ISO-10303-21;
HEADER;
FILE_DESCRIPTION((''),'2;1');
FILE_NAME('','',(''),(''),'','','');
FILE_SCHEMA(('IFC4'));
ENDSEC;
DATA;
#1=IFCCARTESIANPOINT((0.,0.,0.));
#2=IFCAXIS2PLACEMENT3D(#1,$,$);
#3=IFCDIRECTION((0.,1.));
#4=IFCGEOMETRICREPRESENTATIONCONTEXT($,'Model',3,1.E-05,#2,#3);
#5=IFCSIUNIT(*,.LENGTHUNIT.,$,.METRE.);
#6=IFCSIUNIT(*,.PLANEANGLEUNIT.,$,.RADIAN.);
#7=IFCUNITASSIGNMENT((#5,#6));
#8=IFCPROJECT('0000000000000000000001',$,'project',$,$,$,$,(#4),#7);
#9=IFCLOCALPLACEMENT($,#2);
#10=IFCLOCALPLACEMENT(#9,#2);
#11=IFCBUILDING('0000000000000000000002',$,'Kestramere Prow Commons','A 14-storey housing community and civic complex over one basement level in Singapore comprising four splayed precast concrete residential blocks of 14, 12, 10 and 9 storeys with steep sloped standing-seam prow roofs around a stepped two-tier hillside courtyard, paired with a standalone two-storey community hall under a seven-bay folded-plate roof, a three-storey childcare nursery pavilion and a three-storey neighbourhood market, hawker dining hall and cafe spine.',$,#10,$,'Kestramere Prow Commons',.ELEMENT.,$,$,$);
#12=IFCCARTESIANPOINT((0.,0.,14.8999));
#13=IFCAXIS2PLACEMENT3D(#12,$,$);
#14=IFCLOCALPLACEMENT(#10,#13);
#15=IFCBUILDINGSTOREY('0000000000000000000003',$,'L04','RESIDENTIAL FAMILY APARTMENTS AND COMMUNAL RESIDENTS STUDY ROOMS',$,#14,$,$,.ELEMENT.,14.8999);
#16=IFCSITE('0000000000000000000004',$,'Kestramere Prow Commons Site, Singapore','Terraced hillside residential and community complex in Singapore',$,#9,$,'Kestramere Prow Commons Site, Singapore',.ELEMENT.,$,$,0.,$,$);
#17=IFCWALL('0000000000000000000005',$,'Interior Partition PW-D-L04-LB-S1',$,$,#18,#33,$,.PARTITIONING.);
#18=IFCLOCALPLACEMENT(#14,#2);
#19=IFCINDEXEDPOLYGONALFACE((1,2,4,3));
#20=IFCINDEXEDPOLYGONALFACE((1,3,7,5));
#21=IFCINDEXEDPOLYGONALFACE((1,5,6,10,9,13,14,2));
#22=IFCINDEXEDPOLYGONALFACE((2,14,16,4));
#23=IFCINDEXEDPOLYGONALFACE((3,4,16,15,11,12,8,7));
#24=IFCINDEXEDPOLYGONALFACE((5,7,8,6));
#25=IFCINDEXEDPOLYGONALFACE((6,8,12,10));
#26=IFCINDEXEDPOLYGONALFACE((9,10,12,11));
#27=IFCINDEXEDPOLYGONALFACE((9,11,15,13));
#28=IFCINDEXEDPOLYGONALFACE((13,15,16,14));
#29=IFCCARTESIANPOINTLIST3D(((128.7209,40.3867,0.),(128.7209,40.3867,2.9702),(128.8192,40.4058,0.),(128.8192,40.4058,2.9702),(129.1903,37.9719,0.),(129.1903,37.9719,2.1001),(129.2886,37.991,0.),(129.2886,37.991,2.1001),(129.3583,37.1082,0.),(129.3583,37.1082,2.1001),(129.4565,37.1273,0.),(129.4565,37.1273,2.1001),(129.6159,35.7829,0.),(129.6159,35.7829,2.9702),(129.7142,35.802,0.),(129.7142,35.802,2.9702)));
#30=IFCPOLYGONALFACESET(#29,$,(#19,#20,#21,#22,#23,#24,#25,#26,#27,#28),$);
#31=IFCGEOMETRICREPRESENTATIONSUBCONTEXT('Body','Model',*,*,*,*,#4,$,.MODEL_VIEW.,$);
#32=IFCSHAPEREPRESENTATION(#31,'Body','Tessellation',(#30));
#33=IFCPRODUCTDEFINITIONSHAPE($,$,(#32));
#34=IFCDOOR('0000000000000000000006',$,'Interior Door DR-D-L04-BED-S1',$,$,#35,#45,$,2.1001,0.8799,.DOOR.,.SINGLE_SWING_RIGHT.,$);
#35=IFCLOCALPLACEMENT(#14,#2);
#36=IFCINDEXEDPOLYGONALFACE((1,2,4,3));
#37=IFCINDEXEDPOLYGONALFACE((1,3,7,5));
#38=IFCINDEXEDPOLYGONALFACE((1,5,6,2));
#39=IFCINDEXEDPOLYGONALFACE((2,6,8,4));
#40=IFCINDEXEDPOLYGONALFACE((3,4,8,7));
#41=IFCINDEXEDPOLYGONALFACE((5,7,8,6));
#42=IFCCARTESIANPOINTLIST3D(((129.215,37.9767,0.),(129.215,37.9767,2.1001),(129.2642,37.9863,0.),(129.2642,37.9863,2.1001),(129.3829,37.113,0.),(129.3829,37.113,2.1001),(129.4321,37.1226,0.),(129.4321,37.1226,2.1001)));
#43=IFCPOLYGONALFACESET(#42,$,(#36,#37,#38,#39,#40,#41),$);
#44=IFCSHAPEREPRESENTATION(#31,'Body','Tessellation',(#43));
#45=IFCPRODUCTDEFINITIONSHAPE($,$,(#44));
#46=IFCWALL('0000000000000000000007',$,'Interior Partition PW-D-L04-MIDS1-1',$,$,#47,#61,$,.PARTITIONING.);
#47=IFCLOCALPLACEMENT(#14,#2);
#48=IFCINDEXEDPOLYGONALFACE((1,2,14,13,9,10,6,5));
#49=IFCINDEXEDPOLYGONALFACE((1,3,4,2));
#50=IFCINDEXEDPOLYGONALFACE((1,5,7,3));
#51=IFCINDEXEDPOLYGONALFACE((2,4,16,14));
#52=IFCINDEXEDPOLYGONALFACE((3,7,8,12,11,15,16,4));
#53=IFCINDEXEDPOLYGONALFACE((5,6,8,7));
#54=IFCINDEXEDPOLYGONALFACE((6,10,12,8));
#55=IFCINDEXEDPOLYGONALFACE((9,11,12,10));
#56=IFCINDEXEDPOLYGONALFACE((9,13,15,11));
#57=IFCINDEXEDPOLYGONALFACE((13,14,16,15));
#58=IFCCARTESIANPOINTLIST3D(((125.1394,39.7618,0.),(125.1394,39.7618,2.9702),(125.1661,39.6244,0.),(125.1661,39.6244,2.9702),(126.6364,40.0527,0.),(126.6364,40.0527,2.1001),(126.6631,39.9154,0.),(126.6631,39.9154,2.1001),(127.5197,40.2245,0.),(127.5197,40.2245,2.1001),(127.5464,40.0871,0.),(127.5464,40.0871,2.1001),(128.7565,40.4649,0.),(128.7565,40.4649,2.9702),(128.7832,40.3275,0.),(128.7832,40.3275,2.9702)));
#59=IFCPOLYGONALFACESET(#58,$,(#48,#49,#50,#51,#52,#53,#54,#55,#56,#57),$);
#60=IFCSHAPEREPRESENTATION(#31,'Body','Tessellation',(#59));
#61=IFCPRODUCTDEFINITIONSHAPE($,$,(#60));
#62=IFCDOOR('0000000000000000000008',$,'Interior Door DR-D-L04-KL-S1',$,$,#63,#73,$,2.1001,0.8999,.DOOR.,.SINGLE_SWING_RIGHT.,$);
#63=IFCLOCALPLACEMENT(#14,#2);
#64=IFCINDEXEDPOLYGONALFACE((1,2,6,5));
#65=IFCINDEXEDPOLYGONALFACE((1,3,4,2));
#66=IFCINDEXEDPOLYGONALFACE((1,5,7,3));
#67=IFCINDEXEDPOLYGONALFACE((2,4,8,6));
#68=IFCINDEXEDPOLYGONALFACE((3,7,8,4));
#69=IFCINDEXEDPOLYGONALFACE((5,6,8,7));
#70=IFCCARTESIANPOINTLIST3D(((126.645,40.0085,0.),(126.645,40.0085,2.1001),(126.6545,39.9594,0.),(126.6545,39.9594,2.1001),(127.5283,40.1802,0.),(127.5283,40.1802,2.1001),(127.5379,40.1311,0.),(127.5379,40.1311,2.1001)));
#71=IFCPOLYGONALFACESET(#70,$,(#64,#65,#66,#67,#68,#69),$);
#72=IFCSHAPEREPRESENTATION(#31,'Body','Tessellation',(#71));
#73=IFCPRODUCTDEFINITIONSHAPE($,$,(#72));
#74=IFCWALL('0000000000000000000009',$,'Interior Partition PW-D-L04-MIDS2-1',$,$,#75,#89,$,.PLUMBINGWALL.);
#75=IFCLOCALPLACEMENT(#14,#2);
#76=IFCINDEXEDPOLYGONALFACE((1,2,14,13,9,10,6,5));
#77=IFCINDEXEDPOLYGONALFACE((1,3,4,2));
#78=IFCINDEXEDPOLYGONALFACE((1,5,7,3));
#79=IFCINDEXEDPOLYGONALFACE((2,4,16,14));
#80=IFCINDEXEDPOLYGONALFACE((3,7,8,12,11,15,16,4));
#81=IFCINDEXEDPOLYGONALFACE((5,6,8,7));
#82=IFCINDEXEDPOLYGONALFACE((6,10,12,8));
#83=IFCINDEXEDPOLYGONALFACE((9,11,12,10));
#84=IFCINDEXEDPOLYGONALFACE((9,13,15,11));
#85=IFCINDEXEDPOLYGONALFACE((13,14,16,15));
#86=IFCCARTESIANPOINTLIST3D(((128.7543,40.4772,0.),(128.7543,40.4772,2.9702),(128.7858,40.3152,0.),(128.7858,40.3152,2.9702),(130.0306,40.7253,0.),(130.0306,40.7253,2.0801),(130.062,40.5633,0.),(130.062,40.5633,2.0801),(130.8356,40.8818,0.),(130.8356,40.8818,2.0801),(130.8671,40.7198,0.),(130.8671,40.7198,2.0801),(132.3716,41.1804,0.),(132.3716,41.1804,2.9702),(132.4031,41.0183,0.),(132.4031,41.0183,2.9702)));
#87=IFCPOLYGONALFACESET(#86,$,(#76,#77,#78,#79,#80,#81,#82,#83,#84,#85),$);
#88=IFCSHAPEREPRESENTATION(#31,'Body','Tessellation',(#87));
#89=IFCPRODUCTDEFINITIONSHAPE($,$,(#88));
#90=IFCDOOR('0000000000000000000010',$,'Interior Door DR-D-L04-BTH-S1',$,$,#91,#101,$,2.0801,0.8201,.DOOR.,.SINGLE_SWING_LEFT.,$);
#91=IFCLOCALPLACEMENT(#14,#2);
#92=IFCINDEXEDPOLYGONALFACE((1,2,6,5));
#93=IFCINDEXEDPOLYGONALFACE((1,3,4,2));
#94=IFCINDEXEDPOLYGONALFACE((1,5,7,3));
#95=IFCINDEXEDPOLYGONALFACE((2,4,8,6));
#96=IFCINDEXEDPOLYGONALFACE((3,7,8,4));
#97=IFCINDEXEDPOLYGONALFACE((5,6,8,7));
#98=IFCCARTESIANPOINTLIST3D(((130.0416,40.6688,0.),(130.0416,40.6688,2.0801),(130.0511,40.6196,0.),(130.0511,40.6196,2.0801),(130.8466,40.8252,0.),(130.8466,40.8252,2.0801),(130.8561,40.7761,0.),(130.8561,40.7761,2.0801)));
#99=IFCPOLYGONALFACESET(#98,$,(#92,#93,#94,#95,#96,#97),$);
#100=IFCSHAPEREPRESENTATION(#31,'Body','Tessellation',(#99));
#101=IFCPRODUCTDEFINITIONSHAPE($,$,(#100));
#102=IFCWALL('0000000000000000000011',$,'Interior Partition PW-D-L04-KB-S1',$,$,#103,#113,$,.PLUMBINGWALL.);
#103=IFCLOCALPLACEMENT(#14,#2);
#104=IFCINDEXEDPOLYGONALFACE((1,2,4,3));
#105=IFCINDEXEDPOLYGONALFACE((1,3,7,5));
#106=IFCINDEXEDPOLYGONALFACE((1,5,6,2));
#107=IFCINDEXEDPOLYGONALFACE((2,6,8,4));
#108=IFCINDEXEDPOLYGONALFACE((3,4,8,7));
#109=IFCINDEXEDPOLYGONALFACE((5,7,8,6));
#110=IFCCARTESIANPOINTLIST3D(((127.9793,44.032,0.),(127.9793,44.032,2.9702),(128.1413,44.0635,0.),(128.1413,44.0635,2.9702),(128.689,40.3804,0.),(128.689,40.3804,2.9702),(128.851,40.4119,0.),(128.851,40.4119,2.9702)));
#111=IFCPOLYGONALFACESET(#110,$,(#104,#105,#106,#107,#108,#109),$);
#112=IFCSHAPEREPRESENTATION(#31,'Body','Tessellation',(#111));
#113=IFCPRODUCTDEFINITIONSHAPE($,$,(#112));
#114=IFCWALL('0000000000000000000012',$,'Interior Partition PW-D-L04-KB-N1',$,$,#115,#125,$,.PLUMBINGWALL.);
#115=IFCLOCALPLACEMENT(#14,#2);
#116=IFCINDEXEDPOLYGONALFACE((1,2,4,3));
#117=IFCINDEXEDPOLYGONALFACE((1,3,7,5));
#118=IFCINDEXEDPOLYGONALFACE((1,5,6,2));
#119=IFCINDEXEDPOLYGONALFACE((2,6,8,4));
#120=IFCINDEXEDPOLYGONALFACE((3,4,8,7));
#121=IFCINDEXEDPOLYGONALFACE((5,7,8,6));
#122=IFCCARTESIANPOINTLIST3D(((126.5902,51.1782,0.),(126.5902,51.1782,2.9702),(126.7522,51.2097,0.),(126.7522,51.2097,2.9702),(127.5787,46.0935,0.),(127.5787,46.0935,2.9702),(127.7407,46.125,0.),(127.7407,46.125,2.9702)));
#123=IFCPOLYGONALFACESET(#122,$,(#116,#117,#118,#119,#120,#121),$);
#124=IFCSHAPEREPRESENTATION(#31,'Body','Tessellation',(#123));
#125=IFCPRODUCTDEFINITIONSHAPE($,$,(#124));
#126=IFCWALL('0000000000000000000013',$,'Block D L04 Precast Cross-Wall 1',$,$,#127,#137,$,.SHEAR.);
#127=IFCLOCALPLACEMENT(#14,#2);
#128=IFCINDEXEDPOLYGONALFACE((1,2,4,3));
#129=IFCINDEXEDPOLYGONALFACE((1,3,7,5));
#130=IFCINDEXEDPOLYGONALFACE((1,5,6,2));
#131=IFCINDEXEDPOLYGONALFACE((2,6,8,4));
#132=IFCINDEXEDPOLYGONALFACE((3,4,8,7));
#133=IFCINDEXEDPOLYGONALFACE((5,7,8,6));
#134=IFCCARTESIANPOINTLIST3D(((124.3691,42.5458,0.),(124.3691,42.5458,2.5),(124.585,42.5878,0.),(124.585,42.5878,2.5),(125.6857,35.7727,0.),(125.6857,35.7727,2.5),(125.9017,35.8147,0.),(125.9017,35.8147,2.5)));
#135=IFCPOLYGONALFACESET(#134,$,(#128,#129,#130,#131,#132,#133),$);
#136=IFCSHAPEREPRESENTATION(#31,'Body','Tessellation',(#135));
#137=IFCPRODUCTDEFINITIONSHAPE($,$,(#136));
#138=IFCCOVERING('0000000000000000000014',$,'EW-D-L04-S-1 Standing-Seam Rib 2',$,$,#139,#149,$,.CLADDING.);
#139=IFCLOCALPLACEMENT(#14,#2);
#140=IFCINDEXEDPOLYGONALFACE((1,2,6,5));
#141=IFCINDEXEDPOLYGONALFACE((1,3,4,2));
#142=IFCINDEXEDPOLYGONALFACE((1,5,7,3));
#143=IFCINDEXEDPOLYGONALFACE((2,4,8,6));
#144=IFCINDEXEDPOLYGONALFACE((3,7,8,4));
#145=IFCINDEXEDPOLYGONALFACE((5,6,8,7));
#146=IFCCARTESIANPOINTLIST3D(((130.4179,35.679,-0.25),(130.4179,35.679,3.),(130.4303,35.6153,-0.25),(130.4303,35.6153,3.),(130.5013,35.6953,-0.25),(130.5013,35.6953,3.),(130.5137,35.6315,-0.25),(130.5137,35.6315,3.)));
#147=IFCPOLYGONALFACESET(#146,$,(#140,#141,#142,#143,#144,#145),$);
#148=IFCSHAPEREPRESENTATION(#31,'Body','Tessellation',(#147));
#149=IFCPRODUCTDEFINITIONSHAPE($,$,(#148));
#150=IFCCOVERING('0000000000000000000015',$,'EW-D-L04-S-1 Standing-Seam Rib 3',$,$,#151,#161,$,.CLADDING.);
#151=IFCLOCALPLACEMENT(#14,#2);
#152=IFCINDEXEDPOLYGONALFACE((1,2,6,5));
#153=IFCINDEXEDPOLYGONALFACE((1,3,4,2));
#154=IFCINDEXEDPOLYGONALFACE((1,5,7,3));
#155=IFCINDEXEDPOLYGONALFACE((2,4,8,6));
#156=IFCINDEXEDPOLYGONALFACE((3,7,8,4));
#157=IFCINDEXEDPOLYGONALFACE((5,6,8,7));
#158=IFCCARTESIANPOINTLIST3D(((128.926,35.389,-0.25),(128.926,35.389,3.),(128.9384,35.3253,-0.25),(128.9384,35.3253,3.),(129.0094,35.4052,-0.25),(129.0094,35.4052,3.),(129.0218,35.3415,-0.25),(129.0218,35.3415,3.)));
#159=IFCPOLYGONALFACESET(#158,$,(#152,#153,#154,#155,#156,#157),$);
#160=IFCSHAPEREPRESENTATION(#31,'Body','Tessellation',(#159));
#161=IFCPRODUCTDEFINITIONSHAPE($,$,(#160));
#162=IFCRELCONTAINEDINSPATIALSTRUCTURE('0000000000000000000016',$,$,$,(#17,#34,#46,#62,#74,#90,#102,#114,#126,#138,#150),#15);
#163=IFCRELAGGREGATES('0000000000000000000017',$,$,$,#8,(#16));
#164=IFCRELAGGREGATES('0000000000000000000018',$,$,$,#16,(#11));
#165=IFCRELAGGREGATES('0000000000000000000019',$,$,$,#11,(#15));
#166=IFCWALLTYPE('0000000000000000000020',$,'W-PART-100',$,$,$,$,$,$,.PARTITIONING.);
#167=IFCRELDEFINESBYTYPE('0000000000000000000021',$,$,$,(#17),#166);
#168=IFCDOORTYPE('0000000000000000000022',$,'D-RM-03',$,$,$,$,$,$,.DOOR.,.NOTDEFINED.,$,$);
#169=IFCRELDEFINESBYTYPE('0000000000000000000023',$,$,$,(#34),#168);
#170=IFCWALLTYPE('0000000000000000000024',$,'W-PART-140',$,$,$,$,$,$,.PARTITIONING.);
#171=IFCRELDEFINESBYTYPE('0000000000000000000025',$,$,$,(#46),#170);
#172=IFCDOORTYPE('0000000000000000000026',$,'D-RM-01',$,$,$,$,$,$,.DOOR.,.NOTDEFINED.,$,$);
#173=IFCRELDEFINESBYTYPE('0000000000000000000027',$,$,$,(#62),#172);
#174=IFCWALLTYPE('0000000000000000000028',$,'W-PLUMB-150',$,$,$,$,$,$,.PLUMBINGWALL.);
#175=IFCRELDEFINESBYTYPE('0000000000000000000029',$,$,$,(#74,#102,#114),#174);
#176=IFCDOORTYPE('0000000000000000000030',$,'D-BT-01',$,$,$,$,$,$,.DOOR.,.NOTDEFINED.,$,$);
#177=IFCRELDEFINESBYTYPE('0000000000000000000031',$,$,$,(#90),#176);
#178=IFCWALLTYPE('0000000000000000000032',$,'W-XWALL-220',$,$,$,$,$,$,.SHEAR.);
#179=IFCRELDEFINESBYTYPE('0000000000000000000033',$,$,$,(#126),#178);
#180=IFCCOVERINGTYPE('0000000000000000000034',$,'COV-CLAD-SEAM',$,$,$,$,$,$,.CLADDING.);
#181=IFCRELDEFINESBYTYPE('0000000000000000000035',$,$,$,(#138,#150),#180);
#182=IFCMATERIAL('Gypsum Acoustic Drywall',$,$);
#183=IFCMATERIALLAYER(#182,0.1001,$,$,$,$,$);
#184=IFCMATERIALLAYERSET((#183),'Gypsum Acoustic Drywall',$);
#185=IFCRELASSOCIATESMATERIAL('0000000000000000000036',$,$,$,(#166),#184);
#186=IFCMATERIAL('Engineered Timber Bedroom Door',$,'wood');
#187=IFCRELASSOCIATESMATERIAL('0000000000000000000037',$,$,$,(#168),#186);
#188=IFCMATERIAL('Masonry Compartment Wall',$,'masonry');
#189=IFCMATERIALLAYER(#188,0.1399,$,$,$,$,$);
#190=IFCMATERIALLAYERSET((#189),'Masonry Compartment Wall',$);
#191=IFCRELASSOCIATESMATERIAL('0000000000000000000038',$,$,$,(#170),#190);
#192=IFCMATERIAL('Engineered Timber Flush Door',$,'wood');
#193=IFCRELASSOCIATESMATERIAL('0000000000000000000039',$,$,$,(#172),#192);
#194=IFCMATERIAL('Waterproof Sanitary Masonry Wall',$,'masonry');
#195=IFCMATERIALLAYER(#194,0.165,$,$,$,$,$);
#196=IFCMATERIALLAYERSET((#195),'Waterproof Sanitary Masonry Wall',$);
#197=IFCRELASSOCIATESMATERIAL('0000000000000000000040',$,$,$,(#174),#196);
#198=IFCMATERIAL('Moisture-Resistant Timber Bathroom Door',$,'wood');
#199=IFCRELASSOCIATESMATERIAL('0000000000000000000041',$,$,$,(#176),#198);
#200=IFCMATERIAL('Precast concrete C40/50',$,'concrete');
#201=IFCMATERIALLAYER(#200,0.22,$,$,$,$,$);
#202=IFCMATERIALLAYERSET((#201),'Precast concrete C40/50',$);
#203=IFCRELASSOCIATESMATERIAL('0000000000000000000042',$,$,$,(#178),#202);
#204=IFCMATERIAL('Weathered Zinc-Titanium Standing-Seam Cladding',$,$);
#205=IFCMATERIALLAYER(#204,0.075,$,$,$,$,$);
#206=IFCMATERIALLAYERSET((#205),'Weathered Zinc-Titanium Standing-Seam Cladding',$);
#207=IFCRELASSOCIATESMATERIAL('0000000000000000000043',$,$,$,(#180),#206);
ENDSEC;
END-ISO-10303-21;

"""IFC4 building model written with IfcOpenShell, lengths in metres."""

from ifc_helpers import new_model, si_unit, direction, frame, frame_2d, origin, origin_2d, place, context, subcontext, project, spatial, rectangle, extrude, material, layer, layer_set, type_object, element, fill, save


model = new_model("IFC4")

# Units and contexts
model_context = context("Model", 3, precision=1e-05, world=origin(), true_north=direction((0.0, 1.0)))
body_context = subcontext(model_context, "Body", "Model", "MODEL_VIEW")
ifc_project = project(units=[si_unit("LENGTHUNIT", "METRE"), si_unit("PLANEANGLEUNIT", "RADIAN")], contexts=[model_context])

# Site, building, storey
site_placement = place(None, origin())
site = spatial("IfcSite", under=ifc_project, at=site_placement, Name="Kestramere Prow Commons Site, Singapore", Description="Terraced hillside residential and community complex in Singapore", LongName="Kestramere Prow Commons Site, Singapore", CompositionType="ELEMENT", RefElevation=0.0)
building_placement = place(site_placement, origin())
building = spatial("IfcBuilding", under=site, at=building_placement, Name="Kestramere Prow Commons", Description="A 14-storey housing community and civic complex over one basement level in Singapore comprising four splayed precast concrete residential blocks of 14, 12, 10 and 9 storeys with steep sloped standing-seam prow roofs around a stepped two-tier hillside courtyard, paired with a standalone two-storey community hall under a seven-bay folded-plate roof, a three-storey childcare nursery pavilion and a three-storey neighbourhood market, hawker dining hall and cafe spine.", LongName="Kestramere Prow Commons", CompositionType="ELEMENT")
storey_placement = place(building_placement, frame((0.0, 0.0, 14.8999)))
storey = spatial("IfcBuildingStorey", under=building, at=storey_placement, Name="L04", Description="RESIDENTIAL FAMILY APARTMENTS AND COMMUNAL RESIDENTS STUDY ROOMS", CompositionType="ELEMENT", Elevation=14.8999)

# Shared definitions
ifc_material_1 = material(Name="Precast concrete C40/50", Category="concrete")

# Walls, openings, doors
ifc_material_2 = material(Name="Gypsum Acoustic Drywall")
ifc_layer_1 = layer(ifc_material_2, 0.1001)
ifc_layer_set_1 = layer_set([ifc_layer_1], Name="Gypsum Acoustic Drywall")
wall_type_1 = type_object("IfcWallType", Name="W-PART-100", PredefinedType="PARTITIONING", material=ifc_layer_set_1)
wall_1_placement = place(storey_placement, frame((129.665, 35.7925, 0.0), z_axis=(0.0, 0.0, 1.0), x_axis=(-0.190838, 0.981622, 0.0)))
wall_1 = element("IfcWall", 1, at=wall_1_placement, inside=storey, type_object=wall_type_1, Name="Interior Partition PW-D-L04-LB-S1", PredefinedType="PARTITIONING", context=body_context, shape_type="SweptSolid", body=[
    extrude(rectangle(XDim=4.6899, YDim=0.1001, at=frame_2d((2.345, 0.0))), origin(), (0.0, 0.0, 1.0), 2.9702),
])
opening_1_placement = place(wall_1_placement, frame((1.3501, 0.0, 0.0)))
opening_1 = element("IfcOpeningElement", 2, at=opening_1_placement, cuts=wall_1, PredefinedType="OPENING", context=body_context, shape_type="SweptSolid", body=[
    extrude(rectangle(XDim=0.8799, YDim=2.1001, at=frame_2d((0.4399, 1.05))), frame((0.0, 0.0649, 0.0), z_axis=(0.0, -1.0, 0.0), x_axis=(1.0, 0.0, 0.0)), (0.0, 0.0, 1.0), 0.1301),
])
ifc_material_3 = material(Name="Engineered Timber Bedroom Door", Category="wood")
door_type_1 = type_object("IfcDoorType", Name="D-RM-03", OperationType="NOTDEFINED", PredefinedType="DOOR", material=ifc_material_3)
door_1_placement = place(opening_1_placement, origin())
door_1 = element("IfcDoor", 3, at=door_1_placement, inside=storey, type_object=door_type_1, Name="Interior Door DR-D-L04-BED-S1", OperationType="SINGLE_SWING_RIGHT", OverallHeight=2.1001, OverallWidth=0.8799, PredefinedType="DOOR", context=body_context, shape_type="SweptSolid", body=[
    extrude(rectangle(XDim=0.8799, YDim=2.1001, at=frame_2d((0.4399, 1.05))), frame((0.0, 0.0249, 0.0), z_axis=(0.0, -1.0, 0.0), x_axis=(1.0, 0.0, 0.0)), (0.0, 0.0, 1.0), 0.05),
])
fill(opening_1, door_1)
ifc_material_4 = material(Name="Masonry Compartment Wall", Category="masonry")
ifc_layer_2 = layer(ifc_material_4, 0.1399)
ifc_layer_set_2 = layer_set([ifc_layer_2], Name="Masonry Compartment Wall")
wall_type_2 = type_object("IfcWallType", Name="W-PART-140", PredefinedType="PARTITIONING", material=ifc_layer_set_2)
wall_2_placement = place(storey_placement, frame((125.1528, 39.6931, 0.0), z_axis=(0.0, 0.0, 1.0), x_axis=(0.981626, 0.190813, 0.0)))
wall_2 = element("IfcWall", 4, at=wall_2_placement, inside=storey, type_object=wall_type_2, Name="Interior Partition PW-D-L04-MIDS1-1", PredefinedType="PARTITIONING", context=body_context, shape_type="SweptSolid", body=[
    extrude(rectangle(XDim=3.6848, YDim=0.1399, at=frame_2d((1.8423, 0.0))), origin(), (0.0, 0.0, 1.0), 2.9702),
])
opening_2_placement = place(wall_2_placement, frame((1.5249, 0.0, 0.0)))
opening_2 = element("IfcOpeningElement", 5, at=opening_2_placement, cuts=wall_2, PredefinedType="OPENING", context=body_context, shape_type="SweptSolid", body=[
    extrude(rectangle(XDim=0.8999, YDim=2.1001, at=frame_2d((0.45, 1.05))), frame((0.0, 0.085, 0.0), z_axis=(0.0, -1.0, 0.0), x_axis=(1.0, 0.0, 0.0)), (0.0, 0.0, 1.0), 0.1699),
])
ifc_material_5 = material(Name="Engineered Timber Flush Door", Category="wood")
door_type_2 = type_object("IfcDoorType", Name="D-RM-01", OperationType="NOTDEFINED", PredefinedType="DOOR", material=ifc_material_5)
door_2_placement = place(opening_2_placement, origin())
door_2 = element("IfcDoor", 6, at=door_2_placement, inside=storey, type_object=door_type_2, Name="Interior Door DR-D-L04-KL-S1", OperationType="SINGLE_SWING_RIGHT", OverallHeight=2.1001, OverallWidth=0.8999, PredefinedType="DOOR", context=body_context, shape_type="SweptSolid", body=[
    extrude(rectangle(XDim=0.8999, YDim=2.1001, at=frame_2d((0.45, 1.05))), frame((0.0, 0.0249, 0.0), z_axis=(0.0, -1.0, 0.0), x_axis=(1.0, 0.0, 0.0)), (0.0, 0.0, 1.0), 0.05),
])
fill(opening_2, door_2)
ifc_material_6 = material(Name="Waterproof Sanitary Masonry Wall", Category="masonry")
ifc_layer_3 = layer(ifc_material_6, 0.165)
ifc_layer_set_3 = layer_set([ifc_layer_3], Name="Waterproof Sanitary Masonry Wall")
wall_type_3 = type_object("IfcWallType", Name="W-PLUMB-150", PredefinedType="PLUMBINGWALL", material=ifc_layer_set_3)
wall_3_placement = place(storey_placement, frame((128.77, 40.3962, 0.0), z_axis=(0.0, 0.0, 1.0), x_axis=(0.981629, 0.190801, 0.0)))
wall_3 = element("IfcWall", 7, at=wall_3_placement, inside=storey, type_object=wall_type_3, Name="Interior Partition PW-D-L04-MIDS2-1", PredefinedType="PLUMBINGWALL", context=body_context, shape_type="SweptSolid", body=[
    extrude(rectangle(XDim=3.6851, YDim=0.165, at=frame_2d((1.8425, 0.0))), origin(), (0.0, 0.0, 1.0), 2.9702),
])
opening_3_placement = place(wall_3_placement, frame((1.3, 0.0, 0.0)))
opening_3 = element("IfcOpeningElement", 8, at=opening_3_placement, cuts=wall_3, PredefinedType="OPENING", context=body_context, shape_type="SweptSolid", body=[
    extrude(rectangle(XDim=0.8201, YDim=2.0801, at=frame_2d((0.4102, 1.04))), frame((0.0, 0.0974, 0.0), z_axis=(0.0, -1.0, 0.0), x_axis=(1.0, 0.0, 0.0)), (0.0, 0.0, 1.0), 0.1951),
])
ifc_material_7 = material(Name="Moisture-Resistant Timber Bathroom Door", Category="wood")
door_type_3 = type_object("IfcDoorType", Name="D-BT-01", OperationType="NOTDEFINED", PredefinedType="DOOR", material=ifc_material_7)
door_3_placement = place(opening_3_placement, origin())
door_3 = element("IfcDoor", 9, at=door_3_placement, inside=storey, type_object=door_type_3, Name="Interior Door DR-D-L04-BTH-S1", OperationType="SINGLE_SWING_LEFT", OverallHeight=2.0801, OverallWidth=0.8201, PredefinedType="DOOR", context=body_context, shape_type="SweptSolid", body=[
    extrude(rectangle(XDim=0.8201, YDim=2.0801, at=frame_2d((0.4102, 1.04))), frame((0.0, 0.0249, 0.0), z_axis=(0.0, -1.0, 0.0), x_axis=(1.0, 0.0, 0.0)), (0.0, 0.0, 1.0), 0.05),
])
fill(opening_3, door_3)

# Walls
wall_4_placement = place(storey_placement, frame((128.77, 40.3962, 0.0), z_axis=(0.0, 0.0, 1.0), x_axis=(-0.190787, 0.981631, 0.0)))
element("IfcWall", 10, at=wall_4_placement, inside=storey, type_object=wall_type_3, Name="Interior Partition PW-D-L04-KB-S1", PredefinedType="PLUMBINGWALL", context=body_context, shape_type="SweptSolid", body=[
    extrude(rectangle(XDim=3.72, YDim=0.165, at=frame_2d((1.8599, 0.0))), origin(), (0.0, 0.0, 1.0), 2.9702),
])
wall_5_placement = place(storey_placement, frame((127.6597, 46.1094, 0.0), z_axis=(0.0, 0.0, 1.0), x_axis=(-0.190838, 0.981622, 0.0)))
element("IfcWall", 11, at=wall_5_placement, inside=storey, type_object=wall_type_3, Name="Interior Partition PW-D-L04-KB-N1", PredefinedType="PLUMBINGWALL", context=body_context, shape_type="SweptSolid", body=[
    extrude(rectangle(XDim=5.1799, YDim=0.165, at=frame_2d((2.5898, 0.0))), origin(), (0.0, 0.0, 1.0), 2.9702),
])
ifc_layer_4 = layer(ifc_material_1, 0.22)
ifc_layer_set_4 = layer_set([ifc_layer_4], Name="Precast concrete C40/50")
wall_type_4 = type_object("IfcWallType", Name="W-XWALL-220", PredefinedType="SHEAR", material=ifc_layer_set_4)
wall_6_placement = place(storey_placement, frame((125.7937, 35.7937, 0.0), z_axis=(0.0, 0.0, 1.0), x_axis=(-0.190819, 0.981625, 0.0)))
element("IfcWall", 12, at=wall_6_placement, inside=storey, type_object=wall_type_4, Name="Block D L04 Precast Cross-Wall 1", PredefinedType="SHEAR", context=body_context, shape_type="SweptSolid", body=[
    extrude(rectangle(XDim=6.8999, YDim=0.22, at=frame_2d((3.45, 0.0))), origin(), (0.0, 0.0, 1.0), 2.5),
])

# Coverings
ifc_material_8 = material(Name="Weathered Zinc-Titanium Standing-Seam Cladding")
ifc_layer_5 = layer(ifc_material_8, 0.075)
ifc_layer_set_5 = layer_set([ifc_layer_5], Name="Weathered Zinc-Titanium Standing-Seam Cladding")
covering_type = type_object("IfcCoveringType", Name="COV-CLAD-SEAM", PredefinedType="CLADDING", material=ifc_layer_set_5)
for number, where, z_axis, x_axis, name in (
    (13, (130.4658, 35.6553, -0.25), (0.0, 0.0, 1.0), (-0.981627, -0.190809, 0.0), "EW-D-L04-S-1 Standing-Seam Rib 2"),
    (14, (128.9739, 35.3652, -0.25), (0.0, 0.0, 1.0), (-0.981627, -0.190809, 0.0), "EW-D-L04-S-1 Standing-Seam Rib 3"),
):
    element("IfcCovering", number, at=place(storey_placement, frame(where, z_axis=z_axis, x_axis=x_axis)), inside=storey, type_object=covering_type, Name=name, PredefinedType="CLADDING", context=body_context, shape_type="SweptSolid", body=[
        extrude(rectangle(XDim=0.085, YDim=0.0649, at=origin_2d()), origin(), (0.0, 0.0, 1.0), 3.25),
    ])

save(model, "model.ifc")
